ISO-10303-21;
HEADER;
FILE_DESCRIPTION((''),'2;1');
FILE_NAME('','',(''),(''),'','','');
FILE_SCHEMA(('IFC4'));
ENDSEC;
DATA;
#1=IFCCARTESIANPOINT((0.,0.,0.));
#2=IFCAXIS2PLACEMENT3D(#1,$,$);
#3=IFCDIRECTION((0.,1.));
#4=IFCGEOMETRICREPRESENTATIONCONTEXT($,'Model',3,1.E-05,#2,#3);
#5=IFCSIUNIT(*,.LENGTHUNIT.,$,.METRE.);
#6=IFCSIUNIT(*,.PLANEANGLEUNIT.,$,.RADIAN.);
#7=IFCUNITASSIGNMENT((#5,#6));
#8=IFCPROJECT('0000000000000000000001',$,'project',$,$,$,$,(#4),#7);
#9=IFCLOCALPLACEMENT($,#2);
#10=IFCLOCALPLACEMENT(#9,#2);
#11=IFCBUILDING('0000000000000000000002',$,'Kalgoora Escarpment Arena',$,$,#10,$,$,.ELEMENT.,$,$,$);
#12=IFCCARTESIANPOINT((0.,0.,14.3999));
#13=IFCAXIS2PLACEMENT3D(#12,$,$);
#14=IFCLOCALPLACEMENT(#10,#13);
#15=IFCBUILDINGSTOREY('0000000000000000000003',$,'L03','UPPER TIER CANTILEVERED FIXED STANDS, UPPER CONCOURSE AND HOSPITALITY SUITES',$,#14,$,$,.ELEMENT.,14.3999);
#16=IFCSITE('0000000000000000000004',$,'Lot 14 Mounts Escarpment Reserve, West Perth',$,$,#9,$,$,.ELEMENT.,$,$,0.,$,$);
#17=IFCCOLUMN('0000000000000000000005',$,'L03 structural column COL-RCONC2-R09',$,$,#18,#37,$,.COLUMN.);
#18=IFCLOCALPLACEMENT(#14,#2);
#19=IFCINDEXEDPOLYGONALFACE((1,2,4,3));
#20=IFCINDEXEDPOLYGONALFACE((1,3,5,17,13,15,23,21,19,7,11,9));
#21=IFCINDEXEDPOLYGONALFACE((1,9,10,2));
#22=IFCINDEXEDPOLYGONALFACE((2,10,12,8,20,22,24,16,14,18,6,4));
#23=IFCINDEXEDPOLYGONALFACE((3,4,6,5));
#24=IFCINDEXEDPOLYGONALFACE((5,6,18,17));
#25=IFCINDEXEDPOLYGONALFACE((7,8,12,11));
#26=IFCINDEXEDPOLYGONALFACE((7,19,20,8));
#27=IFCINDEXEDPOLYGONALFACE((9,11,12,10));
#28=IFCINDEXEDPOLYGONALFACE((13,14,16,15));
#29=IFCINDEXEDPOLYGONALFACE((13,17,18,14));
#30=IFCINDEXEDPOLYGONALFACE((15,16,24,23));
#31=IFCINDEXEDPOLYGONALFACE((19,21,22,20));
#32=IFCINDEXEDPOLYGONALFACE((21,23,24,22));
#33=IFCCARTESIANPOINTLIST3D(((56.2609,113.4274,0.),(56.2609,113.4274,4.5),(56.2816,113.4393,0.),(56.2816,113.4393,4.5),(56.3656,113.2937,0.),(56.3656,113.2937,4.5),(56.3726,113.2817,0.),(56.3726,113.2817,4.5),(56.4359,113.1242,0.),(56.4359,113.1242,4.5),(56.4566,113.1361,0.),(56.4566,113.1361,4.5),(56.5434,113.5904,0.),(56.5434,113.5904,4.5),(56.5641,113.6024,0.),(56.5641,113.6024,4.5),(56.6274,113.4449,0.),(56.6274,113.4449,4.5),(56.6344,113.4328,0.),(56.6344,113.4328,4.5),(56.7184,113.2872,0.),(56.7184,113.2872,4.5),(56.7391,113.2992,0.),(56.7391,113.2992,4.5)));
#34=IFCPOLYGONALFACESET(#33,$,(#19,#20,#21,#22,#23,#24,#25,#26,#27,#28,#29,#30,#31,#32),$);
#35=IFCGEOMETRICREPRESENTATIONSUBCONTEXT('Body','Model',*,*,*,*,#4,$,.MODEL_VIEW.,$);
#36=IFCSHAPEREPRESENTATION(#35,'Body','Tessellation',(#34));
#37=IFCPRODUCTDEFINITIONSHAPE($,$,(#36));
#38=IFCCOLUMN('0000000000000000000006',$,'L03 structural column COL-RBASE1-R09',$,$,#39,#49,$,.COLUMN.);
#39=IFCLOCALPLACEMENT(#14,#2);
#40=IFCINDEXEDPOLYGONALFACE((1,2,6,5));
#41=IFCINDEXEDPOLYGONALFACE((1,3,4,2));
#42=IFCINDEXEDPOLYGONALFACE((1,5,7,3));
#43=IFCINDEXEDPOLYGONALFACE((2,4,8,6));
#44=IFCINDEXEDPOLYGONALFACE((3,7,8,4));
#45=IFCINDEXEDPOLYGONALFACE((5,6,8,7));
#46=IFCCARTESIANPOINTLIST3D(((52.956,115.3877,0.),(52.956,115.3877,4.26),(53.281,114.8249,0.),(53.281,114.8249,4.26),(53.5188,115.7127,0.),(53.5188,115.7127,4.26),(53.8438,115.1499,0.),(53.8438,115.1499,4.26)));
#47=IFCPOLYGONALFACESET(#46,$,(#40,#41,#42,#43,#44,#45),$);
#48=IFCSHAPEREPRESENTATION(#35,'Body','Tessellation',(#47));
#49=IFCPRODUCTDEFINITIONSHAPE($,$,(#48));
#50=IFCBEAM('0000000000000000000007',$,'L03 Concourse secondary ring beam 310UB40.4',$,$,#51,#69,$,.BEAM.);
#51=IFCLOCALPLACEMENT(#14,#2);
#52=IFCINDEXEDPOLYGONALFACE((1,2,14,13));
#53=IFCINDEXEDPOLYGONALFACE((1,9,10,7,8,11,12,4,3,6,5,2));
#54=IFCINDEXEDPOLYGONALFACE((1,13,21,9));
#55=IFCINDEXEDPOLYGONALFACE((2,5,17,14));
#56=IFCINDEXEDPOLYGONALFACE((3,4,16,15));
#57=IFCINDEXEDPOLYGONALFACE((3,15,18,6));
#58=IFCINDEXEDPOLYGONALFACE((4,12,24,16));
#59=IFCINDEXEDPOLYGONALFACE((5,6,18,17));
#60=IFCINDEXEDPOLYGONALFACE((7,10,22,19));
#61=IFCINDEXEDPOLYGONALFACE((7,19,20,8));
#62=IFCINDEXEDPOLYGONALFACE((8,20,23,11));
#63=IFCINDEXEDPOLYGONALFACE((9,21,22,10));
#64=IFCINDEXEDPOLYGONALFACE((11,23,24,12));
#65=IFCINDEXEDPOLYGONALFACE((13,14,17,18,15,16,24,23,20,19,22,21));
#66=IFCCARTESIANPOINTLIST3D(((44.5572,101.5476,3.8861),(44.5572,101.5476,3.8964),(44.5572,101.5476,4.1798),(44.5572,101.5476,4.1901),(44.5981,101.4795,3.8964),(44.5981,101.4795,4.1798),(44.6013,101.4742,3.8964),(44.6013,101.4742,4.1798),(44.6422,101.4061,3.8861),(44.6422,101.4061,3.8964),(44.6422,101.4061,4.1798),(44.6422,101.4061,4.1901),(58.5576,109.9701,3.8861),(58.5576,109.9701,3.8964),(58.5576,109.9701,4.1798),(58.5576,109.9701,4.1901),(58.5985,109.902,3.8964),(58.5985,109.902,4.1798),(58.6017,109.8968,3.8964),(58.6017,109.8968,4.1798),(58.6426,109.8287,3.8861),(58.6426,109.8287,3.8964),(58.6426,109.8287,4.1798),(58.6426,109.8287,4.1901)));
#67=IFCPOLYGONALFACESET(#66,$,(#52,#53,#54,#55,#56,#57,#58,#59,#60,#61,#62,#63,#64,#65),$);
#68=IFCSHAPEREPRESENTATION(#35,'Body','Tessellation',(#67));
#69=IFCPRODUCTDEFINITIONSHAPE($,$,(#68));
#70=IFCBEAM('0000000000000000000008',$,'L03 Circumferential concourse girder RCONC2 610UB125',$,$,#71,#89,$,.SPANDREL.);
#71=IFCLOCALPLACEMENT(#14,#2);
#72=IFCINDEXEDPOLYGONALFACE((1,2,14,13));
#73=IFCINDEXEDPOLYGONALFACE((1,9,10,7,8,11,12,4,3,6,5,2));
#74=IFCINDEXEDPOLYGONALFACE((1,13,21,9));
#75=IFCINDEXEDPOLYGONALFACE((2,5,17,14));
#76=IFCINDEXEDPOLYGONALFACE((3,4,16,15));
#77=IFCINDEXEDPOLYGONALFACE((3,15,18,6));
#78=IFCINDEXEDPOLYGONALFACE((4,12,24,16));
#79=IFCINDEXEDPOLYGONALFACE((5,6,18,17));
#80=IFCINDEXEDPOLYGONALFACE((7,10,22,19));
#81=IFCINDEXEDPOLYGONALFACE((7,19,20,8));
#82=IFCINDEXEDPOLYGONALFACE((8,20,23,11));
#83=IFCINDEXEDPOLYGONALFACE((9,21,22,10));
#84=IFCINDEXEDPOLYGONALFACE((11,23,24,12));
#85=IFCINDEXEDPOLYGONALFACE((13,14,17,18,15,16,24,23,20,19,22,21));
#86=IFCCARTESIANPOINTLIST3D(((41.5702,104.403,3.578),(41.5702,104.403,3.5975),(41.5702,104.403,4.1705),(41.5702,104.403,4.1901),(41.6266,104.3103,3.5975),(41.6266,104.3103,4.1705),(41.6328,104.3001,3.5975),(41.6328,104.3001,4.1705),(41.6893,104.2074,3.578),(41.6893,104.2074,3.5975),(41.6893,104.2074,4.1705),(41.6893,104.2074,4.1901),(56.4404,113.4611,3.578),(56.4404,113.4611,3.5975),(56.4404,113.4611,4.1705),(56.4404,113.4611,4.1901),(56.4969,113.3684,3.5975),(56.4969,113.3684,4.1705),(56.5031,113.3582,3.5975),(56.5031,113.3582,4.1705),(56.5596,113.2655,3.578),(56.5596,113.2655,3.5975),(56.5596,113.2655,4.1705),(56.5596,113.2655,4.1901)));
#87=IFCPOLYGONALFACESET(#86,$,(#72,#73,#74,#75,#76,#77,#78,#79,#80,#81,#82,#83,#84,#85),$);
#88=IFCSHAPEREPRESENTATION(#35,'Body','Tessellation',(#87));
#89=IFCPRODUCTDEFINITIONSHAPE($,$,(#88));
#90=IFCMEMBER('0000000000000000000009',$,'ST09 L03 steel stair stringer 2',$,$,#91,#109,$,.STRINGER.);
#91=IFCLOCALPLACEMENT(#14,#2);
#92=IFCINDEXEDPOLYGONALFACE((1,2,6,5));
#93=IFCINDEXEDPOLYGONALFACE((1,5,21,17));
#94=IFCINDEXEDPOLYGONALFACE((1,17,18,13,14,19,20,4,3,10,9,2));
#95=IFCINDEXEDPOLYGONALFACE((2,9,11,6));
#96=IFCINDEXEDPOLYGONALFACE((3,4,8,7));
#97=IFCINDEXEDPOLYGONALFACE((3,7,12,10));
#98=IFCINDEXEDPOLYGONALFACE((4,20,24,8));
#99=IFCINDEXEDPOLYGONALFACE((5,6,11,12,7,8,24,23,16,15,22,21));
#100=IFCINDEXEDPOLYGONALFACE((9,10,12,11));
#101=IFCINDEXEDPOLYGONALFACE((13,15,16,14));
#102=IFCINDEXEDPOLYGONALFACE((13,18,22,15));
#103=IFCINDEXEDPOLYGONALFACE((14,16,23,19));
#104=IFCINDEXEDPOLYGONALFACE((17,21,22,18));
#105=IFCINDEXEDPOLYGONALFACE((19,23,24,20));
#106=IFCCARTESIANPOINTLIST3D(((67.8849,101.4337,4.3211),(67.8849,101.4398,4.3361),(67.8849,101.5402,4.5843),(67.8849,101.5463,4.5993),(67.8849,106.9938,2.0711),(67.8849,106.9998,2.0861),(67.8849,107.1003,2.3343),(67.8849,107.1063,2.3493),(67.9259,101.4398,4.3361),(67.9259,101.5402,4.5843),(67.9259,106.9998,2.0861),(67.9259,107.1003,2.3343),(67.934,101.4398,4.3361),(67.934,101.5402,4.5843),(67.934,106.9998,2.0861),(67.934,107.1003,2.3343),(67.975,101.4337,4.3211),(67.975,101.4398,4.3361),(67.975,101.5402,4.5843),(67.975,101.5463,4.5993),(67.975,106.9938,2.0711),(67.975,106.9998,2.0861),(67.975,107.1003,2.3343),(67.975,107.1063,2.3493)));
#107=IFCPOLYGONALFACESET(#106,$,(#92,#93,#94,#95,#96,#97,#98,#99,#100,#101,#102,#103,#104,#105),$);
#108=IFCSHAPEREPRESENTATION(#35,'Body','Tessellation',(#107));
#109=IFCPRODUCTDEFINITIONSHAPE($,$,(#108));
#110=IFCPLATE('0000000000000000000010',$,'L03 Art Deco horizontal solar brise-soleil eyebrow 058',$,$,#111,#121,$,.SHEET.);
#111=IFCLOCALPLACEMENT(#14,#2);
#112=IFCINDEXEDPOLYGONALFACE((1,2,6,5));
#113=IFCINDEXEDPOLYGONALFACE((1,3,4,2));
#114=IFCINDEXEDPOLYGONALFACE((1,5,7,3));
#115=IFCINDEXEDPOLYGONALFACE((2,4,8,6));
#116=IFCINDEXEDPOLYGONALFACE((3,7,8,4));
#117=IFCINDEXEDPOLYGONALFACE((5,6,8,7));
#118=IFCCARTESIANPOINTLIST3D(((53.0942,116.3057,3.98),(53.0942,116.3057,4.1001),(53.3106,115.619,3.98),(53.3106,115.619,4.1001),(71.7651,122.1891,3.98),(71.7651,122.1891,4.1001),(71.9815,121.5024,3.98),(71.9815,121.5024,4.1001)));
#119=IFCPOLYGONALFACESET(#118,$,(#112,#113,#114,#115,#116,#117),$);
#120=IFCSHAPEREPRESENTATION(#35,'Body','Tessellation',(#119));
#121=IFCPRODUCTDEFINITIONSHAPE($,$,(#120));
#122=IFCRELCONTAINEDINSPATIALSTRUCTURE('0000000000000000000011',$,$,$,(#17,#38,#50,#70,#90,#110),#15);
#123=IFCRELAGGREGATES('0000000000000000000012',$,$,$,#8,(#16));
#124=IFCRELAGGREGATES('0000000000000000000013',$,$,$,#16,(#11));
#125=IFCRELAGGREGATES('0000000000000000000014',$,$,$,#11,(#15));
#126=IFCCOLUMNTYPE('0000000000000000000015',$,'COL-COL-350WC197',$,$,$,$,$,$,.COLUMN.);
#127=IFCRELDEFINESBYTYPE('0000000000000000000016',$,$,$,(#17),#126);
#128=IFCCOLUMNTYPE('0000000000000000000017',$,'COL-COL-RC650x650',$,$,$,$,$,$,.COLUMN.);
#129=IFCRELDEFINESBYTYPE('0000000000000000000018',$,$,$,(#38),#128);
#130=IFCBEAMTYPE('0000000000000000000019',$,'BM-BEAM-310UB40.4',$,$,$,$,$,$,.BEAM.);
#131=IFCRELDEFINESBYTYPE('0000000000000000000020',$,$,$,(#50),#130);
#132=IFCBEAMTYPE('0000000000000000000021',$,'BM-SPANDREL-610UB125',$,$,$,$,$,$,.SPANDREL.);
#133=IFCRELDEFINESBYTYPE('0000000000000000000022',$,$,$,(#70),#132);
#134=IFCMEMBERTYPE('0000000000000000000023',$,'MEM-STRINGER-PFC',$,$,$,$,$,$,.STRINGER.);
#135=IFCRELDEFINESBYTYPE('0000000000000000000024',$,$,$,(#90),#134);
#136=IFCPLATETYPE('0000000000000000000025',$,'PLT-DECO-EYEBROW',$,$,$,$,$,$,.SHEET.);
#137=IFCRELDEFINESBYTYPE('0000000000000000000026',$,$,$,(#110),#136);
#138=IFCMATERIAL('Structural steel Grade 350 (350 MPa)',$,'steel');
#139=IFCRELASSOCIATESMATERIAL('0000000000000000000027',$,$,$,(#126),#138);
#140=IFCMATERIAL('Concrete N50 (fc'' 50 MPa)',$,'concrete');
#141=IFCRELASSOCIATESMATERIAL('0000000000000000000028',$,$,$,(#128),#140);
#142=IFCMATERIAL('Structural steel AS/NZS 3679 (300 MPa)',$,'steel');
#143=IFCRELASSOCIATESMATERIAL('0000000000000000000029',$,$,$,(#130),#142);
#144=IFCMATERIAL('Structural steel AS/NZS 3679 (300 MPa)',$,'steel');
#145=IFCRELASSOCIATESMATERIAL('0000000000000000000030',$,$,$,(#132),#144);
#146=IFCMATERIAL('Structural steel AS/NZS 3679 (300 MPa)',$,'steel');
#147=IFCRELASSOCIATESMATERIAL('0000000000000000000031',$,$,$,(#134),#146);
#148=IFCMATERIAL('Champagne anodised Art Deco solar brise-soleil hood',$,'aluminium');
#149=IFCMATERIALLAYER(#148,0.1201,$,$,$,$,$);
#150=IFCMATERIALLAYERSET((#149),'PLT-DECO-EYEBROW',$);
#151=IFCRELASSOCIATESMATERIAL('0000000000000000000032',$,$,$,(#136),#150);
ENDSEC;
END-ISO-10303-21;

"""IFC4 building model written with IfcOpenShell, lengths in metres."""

from ifc_helpers import new_model, si_unit, direction, frame, origin, origin_2d, place, context, subcontext, project, spatial, rectangle, i_section, extrude, material, layer, layer_set, material_profile, profile_set, type_object, element, save


model = new_model("IFC4")

# Units and contexts
model_context = context("Model", 3, precision=1e-05, world=origin(), true_north=direction((0.0, 1.0)))
body_context = subcontext(model_context, "Body", "Model", "MODEL_VIEW")
ifc_project = project(units=[si_unit("LENGTHUNIT", "METRE"), si_unit("PLANEANGLEUNIT", "RADIAN")], contexts=[model_context])

# Site, building, storey
site_placement = place(None, origin())
site = spatial("IfcSite", under=ifc_project, at=site_placement, Name="Lot 14 Mounts Escarpment Reserve, West Perth", CompositionType="ELEMENT", RefElevation=0.0)
building_placement = place(site_placement, origin())
building = spatial("IfcBuilding", under=site, at=building_placement, Name="Kalgoora Escarpment Arena", CompositionType="ELEMENT")
storey_placement = place(building_placement, frame((0.0, 0.0, 14.3999)))
storey = spatial("IfcBuildingStorey", under=building, at=storey_placement, Name="L03", Description="UPPER TIER CANTILEVERED FIXED STANDS, UPPER CONCOURSE AND HOSPITALITY SUITES", CompositionType="ELEMENT", Elevation=14.3999)

# Columns
ifc_material_1 = material(Name="Structural steel Grade 350 (350 MPa)", Category="steel")
ifc_material_profile_1 = material_profile(ifc_material_1, i_section(OverallWidth=0.3501, OverallDepth=0.3501, WebThickness=0.0139, FlangeThickness=0.0239, at=origin_2d()))
ifc_profile_set_1 = profile_set([ifc_material_profile_1], Name="Structural steel Grade 350 (350 MPa)")
column_type_1 = type_object("IfcColumnType", Name="COL-COL-350WC197", PredefinedType="COLUMN", material=ifc_profile_set_1)
column_1_placement = place(storey_placement, frame((56.5, 113.3633, 0.0), z_axis=(0.0, 0.0, 1.0), x_axis=(-0.5, 0.866025, 0.0)))
element("IfcColumn", 1, at=column_1_placement, inside=storey, type_object=column_type_1, Name="L03 structural column COL-RCONC2-R09", PredefinedType="COLUMN", context=body_context, shape_type="SweptSolid", body=[
    extrude(i_section(OverallWidth=0.3501, OverallDepth=0.3501, WebThickness=0.0139, FlangeThickness=0.0239, at=origin_2d()), origin(), (0.0, 0.0, 1.0), 4.5),
])
ifc_material_2 = material(Name="Concrete N50 (fc' 50 MPa)", Category="concrete")
ifc_material_profile_2 = material_profile(ifc_material_2, rectangle(XDim=0.6499, YDim=0.6499, at=origin_2d()))
ifc_profile_set_2 = profile_set([ifc_material_profile_2], Name="Concrete N50 (fc' 50 MPa)")
column_type_2 = type_object("IfcColumnType", Name="COL-COL-RC650x650", PredefinedType="COLUMN", material=ifc_profile_set_2)
column_2_placement = place(storey_placement, frame((53.3999, 115.2688, 0.0), z_axis=(0.0, 0.0, 1.0), x_axis=(-0.5, 0.866025, 0.0)))
element("IfcColumn", 2, at=column_2_placement, inside=storey, type_object=column_type_2, Name="L03 structural column COL-RBASE1-R09", PredefinedType="COLUMN", context=body_context, shape_type="SweptSolid", body=[
    extrude(rectangle(XDim=0.6499, YDim=0.6499, at=origin_2d()), origin(), (0.0, 0.0, 1.0), 4.26),
])

# Beams
ifc_material_3 = material(Name="Structural steel AS/NZS 3679 (300 MPa)", Category="steel")
ifc_material_profile_3 = material_profile(ifc_material_3, i_section(OverallWidth=0.165, OverallDepth=0.304, WebThickness=0.0061, FlangeThickness=0.0103, at=origin_2d()))
ifc_profile_set_3 = profile_set([ifc_material_profile_3], Name="Structural steel AS/NZS 3679 (300 MPa)")
beam_type_1 = type_object("IfcBeamType", Name="BM-BEAM-310UB40.4", PredefinedType="BEAM", material=ifc_profile_set_3)
beam_1_placement = place(storey_placement, frame((58.6001, 109.8994, 4.0381), z_axis=(-0.85689, -0.5155, 0.0), x_axis=(0.5155, -0.85689, 0.0)))
element("IfcBeam", 3, at=beam_1_placement, inside=storey, type_object=beam_type_1, Name="L03 Concourse secondary ring beam 310UB40.4", PredefinedType="BEAM", context=body_context, shape_type="SweptSolid", body=[
    extrude(i_section(OverallWidth=0.165, OverallDepth=0.304, WebThickness=0.0061, FlangeThickness=0.0103, at=origin_2d()), origin(), (0.0, 0.0, 1.0), 16.3386),
])
ifc_material_4 = material(Name="Structural steel AS/NZS 3679 (300 MPa)", Category="steel")
ifc_material_profile_4 = material_profile(ifc_material_4, i_section(OverallWidth=0.229, OverallDepth=0.6121, WebThickness=0.012, FlangeThickness=0.0195, at=origin_2d()))
ifc_profile_set_4 = profile_set([ifc_material_profile_4], Name="Structural steel AS/NZS 3679 (300 MPa)")
beam_type_2 = type_object("IfcBeamType", Name="BM-SPANDREL-610UB125", PredefinedType="SPANDREL", material=ifc_profile_set_4)
beam_2_placement = place(storey_placement, frame((56.5, 113.3633, 3.884), z_axis=(-0.854031, -0.520223, 0.0), x_axis=(0.520223, -0.854031, 0.0)))
element("IfcBeam", 4, at=beam_2_placement, inside=storey, type_object=beam_type_2, Name="L03 Circumferential concourse girder RCONC2 610UB125", PredefinedType="SPANDREL", context=body_context, shape_type="SweptSolid", body=[
    extrude(i_section(OverallWidth=0.229, OverallDepth=0.6121, WebThickness=0.012, FlangeThickness=0.0195, at=origin_2d()), origin(), (0.0, 0.0, 1.0), 17.4119),
])

# Member
ifc_material_5 = material(Name="Structural steel AS/NZS 3679 (300 MPa)", Category="steel")
ifc_material_profile_5 = material_profile(ifc_material_5, i_section(OverallWidth=0.0901, OverallDepth=0.3, WebThickness=0.0081, FlangeThickness=0.0161, at=origin_2d()))
ifc_profile_set_5 = profile_set([ifc_material_profile_5], Name="Structural steel AS/NZS 3679 (300 MPa)")
member_type = type_object("IfcMemberType", Name="MEM-STRINGER-PFC", PredefinedType="STRINGER", material=ifc_profile_set_5)
member_placement = place(storey_placement, frame((67.9299, 107.05, 2.2102), z_axis=(0.0, -0.926976, 0.375121), x_axis=(1.0, 0.0, 0.0)))
element("IfcMember", 5, at=member_placement, inside=storey, type_object=member_type, Name="ST09 L03 steel stair stringer 2", PredefinedType="STRINGER", context=body_context, shape_type="SweptSolid", body=[
    extrude(i_section(OverallWidth=0.0901, OverallDepth=0.3, WebThickness=0.0081, FlangeThickness=0.0161, at=origin_2d()), origin(), (0.0, 0.0, 1.0), 5.998),
])

# Plate
ifc_material_6 = material(Name="Champagne anodised Art Deco solar brise-soleil hood", Category="aluminium")
ifc_layer_1 = layer(ifc_material_6, 0.1201)
ifc_layer_set_1 = layer_set([ifc_layer_1], Name="PLT-DECO-EYEBROW")
plate_type = type_object("IfcPlateType", Name="PLT-DECO-EYEBROW", PredefinedType="SHEET", material=ifc_layer_set_1)
plate_placement = place(storey_placement, frame((62.5378, 118.9041, 3.98), z_axis=(0.0, 0.0, 1.0), x_axis=(0.953769, 0.300539, 0.0)))
element("IfcPlate", 6, at=plate_placement, inside=storey, type_object=plate_type, Name="L03 Art Deco horizontal solar brise-soleil eyebrow 058", PredefinedType="SHEET", context=body_context, shape_type="SweptSolid", body=[
    extrude(rectangle(XDim=19.5759, YDim=0.72, at=origin_2d()), origin(), (0.0, 0.0, 1.0), 0.1201),
])

save(model, "model.ifc")
